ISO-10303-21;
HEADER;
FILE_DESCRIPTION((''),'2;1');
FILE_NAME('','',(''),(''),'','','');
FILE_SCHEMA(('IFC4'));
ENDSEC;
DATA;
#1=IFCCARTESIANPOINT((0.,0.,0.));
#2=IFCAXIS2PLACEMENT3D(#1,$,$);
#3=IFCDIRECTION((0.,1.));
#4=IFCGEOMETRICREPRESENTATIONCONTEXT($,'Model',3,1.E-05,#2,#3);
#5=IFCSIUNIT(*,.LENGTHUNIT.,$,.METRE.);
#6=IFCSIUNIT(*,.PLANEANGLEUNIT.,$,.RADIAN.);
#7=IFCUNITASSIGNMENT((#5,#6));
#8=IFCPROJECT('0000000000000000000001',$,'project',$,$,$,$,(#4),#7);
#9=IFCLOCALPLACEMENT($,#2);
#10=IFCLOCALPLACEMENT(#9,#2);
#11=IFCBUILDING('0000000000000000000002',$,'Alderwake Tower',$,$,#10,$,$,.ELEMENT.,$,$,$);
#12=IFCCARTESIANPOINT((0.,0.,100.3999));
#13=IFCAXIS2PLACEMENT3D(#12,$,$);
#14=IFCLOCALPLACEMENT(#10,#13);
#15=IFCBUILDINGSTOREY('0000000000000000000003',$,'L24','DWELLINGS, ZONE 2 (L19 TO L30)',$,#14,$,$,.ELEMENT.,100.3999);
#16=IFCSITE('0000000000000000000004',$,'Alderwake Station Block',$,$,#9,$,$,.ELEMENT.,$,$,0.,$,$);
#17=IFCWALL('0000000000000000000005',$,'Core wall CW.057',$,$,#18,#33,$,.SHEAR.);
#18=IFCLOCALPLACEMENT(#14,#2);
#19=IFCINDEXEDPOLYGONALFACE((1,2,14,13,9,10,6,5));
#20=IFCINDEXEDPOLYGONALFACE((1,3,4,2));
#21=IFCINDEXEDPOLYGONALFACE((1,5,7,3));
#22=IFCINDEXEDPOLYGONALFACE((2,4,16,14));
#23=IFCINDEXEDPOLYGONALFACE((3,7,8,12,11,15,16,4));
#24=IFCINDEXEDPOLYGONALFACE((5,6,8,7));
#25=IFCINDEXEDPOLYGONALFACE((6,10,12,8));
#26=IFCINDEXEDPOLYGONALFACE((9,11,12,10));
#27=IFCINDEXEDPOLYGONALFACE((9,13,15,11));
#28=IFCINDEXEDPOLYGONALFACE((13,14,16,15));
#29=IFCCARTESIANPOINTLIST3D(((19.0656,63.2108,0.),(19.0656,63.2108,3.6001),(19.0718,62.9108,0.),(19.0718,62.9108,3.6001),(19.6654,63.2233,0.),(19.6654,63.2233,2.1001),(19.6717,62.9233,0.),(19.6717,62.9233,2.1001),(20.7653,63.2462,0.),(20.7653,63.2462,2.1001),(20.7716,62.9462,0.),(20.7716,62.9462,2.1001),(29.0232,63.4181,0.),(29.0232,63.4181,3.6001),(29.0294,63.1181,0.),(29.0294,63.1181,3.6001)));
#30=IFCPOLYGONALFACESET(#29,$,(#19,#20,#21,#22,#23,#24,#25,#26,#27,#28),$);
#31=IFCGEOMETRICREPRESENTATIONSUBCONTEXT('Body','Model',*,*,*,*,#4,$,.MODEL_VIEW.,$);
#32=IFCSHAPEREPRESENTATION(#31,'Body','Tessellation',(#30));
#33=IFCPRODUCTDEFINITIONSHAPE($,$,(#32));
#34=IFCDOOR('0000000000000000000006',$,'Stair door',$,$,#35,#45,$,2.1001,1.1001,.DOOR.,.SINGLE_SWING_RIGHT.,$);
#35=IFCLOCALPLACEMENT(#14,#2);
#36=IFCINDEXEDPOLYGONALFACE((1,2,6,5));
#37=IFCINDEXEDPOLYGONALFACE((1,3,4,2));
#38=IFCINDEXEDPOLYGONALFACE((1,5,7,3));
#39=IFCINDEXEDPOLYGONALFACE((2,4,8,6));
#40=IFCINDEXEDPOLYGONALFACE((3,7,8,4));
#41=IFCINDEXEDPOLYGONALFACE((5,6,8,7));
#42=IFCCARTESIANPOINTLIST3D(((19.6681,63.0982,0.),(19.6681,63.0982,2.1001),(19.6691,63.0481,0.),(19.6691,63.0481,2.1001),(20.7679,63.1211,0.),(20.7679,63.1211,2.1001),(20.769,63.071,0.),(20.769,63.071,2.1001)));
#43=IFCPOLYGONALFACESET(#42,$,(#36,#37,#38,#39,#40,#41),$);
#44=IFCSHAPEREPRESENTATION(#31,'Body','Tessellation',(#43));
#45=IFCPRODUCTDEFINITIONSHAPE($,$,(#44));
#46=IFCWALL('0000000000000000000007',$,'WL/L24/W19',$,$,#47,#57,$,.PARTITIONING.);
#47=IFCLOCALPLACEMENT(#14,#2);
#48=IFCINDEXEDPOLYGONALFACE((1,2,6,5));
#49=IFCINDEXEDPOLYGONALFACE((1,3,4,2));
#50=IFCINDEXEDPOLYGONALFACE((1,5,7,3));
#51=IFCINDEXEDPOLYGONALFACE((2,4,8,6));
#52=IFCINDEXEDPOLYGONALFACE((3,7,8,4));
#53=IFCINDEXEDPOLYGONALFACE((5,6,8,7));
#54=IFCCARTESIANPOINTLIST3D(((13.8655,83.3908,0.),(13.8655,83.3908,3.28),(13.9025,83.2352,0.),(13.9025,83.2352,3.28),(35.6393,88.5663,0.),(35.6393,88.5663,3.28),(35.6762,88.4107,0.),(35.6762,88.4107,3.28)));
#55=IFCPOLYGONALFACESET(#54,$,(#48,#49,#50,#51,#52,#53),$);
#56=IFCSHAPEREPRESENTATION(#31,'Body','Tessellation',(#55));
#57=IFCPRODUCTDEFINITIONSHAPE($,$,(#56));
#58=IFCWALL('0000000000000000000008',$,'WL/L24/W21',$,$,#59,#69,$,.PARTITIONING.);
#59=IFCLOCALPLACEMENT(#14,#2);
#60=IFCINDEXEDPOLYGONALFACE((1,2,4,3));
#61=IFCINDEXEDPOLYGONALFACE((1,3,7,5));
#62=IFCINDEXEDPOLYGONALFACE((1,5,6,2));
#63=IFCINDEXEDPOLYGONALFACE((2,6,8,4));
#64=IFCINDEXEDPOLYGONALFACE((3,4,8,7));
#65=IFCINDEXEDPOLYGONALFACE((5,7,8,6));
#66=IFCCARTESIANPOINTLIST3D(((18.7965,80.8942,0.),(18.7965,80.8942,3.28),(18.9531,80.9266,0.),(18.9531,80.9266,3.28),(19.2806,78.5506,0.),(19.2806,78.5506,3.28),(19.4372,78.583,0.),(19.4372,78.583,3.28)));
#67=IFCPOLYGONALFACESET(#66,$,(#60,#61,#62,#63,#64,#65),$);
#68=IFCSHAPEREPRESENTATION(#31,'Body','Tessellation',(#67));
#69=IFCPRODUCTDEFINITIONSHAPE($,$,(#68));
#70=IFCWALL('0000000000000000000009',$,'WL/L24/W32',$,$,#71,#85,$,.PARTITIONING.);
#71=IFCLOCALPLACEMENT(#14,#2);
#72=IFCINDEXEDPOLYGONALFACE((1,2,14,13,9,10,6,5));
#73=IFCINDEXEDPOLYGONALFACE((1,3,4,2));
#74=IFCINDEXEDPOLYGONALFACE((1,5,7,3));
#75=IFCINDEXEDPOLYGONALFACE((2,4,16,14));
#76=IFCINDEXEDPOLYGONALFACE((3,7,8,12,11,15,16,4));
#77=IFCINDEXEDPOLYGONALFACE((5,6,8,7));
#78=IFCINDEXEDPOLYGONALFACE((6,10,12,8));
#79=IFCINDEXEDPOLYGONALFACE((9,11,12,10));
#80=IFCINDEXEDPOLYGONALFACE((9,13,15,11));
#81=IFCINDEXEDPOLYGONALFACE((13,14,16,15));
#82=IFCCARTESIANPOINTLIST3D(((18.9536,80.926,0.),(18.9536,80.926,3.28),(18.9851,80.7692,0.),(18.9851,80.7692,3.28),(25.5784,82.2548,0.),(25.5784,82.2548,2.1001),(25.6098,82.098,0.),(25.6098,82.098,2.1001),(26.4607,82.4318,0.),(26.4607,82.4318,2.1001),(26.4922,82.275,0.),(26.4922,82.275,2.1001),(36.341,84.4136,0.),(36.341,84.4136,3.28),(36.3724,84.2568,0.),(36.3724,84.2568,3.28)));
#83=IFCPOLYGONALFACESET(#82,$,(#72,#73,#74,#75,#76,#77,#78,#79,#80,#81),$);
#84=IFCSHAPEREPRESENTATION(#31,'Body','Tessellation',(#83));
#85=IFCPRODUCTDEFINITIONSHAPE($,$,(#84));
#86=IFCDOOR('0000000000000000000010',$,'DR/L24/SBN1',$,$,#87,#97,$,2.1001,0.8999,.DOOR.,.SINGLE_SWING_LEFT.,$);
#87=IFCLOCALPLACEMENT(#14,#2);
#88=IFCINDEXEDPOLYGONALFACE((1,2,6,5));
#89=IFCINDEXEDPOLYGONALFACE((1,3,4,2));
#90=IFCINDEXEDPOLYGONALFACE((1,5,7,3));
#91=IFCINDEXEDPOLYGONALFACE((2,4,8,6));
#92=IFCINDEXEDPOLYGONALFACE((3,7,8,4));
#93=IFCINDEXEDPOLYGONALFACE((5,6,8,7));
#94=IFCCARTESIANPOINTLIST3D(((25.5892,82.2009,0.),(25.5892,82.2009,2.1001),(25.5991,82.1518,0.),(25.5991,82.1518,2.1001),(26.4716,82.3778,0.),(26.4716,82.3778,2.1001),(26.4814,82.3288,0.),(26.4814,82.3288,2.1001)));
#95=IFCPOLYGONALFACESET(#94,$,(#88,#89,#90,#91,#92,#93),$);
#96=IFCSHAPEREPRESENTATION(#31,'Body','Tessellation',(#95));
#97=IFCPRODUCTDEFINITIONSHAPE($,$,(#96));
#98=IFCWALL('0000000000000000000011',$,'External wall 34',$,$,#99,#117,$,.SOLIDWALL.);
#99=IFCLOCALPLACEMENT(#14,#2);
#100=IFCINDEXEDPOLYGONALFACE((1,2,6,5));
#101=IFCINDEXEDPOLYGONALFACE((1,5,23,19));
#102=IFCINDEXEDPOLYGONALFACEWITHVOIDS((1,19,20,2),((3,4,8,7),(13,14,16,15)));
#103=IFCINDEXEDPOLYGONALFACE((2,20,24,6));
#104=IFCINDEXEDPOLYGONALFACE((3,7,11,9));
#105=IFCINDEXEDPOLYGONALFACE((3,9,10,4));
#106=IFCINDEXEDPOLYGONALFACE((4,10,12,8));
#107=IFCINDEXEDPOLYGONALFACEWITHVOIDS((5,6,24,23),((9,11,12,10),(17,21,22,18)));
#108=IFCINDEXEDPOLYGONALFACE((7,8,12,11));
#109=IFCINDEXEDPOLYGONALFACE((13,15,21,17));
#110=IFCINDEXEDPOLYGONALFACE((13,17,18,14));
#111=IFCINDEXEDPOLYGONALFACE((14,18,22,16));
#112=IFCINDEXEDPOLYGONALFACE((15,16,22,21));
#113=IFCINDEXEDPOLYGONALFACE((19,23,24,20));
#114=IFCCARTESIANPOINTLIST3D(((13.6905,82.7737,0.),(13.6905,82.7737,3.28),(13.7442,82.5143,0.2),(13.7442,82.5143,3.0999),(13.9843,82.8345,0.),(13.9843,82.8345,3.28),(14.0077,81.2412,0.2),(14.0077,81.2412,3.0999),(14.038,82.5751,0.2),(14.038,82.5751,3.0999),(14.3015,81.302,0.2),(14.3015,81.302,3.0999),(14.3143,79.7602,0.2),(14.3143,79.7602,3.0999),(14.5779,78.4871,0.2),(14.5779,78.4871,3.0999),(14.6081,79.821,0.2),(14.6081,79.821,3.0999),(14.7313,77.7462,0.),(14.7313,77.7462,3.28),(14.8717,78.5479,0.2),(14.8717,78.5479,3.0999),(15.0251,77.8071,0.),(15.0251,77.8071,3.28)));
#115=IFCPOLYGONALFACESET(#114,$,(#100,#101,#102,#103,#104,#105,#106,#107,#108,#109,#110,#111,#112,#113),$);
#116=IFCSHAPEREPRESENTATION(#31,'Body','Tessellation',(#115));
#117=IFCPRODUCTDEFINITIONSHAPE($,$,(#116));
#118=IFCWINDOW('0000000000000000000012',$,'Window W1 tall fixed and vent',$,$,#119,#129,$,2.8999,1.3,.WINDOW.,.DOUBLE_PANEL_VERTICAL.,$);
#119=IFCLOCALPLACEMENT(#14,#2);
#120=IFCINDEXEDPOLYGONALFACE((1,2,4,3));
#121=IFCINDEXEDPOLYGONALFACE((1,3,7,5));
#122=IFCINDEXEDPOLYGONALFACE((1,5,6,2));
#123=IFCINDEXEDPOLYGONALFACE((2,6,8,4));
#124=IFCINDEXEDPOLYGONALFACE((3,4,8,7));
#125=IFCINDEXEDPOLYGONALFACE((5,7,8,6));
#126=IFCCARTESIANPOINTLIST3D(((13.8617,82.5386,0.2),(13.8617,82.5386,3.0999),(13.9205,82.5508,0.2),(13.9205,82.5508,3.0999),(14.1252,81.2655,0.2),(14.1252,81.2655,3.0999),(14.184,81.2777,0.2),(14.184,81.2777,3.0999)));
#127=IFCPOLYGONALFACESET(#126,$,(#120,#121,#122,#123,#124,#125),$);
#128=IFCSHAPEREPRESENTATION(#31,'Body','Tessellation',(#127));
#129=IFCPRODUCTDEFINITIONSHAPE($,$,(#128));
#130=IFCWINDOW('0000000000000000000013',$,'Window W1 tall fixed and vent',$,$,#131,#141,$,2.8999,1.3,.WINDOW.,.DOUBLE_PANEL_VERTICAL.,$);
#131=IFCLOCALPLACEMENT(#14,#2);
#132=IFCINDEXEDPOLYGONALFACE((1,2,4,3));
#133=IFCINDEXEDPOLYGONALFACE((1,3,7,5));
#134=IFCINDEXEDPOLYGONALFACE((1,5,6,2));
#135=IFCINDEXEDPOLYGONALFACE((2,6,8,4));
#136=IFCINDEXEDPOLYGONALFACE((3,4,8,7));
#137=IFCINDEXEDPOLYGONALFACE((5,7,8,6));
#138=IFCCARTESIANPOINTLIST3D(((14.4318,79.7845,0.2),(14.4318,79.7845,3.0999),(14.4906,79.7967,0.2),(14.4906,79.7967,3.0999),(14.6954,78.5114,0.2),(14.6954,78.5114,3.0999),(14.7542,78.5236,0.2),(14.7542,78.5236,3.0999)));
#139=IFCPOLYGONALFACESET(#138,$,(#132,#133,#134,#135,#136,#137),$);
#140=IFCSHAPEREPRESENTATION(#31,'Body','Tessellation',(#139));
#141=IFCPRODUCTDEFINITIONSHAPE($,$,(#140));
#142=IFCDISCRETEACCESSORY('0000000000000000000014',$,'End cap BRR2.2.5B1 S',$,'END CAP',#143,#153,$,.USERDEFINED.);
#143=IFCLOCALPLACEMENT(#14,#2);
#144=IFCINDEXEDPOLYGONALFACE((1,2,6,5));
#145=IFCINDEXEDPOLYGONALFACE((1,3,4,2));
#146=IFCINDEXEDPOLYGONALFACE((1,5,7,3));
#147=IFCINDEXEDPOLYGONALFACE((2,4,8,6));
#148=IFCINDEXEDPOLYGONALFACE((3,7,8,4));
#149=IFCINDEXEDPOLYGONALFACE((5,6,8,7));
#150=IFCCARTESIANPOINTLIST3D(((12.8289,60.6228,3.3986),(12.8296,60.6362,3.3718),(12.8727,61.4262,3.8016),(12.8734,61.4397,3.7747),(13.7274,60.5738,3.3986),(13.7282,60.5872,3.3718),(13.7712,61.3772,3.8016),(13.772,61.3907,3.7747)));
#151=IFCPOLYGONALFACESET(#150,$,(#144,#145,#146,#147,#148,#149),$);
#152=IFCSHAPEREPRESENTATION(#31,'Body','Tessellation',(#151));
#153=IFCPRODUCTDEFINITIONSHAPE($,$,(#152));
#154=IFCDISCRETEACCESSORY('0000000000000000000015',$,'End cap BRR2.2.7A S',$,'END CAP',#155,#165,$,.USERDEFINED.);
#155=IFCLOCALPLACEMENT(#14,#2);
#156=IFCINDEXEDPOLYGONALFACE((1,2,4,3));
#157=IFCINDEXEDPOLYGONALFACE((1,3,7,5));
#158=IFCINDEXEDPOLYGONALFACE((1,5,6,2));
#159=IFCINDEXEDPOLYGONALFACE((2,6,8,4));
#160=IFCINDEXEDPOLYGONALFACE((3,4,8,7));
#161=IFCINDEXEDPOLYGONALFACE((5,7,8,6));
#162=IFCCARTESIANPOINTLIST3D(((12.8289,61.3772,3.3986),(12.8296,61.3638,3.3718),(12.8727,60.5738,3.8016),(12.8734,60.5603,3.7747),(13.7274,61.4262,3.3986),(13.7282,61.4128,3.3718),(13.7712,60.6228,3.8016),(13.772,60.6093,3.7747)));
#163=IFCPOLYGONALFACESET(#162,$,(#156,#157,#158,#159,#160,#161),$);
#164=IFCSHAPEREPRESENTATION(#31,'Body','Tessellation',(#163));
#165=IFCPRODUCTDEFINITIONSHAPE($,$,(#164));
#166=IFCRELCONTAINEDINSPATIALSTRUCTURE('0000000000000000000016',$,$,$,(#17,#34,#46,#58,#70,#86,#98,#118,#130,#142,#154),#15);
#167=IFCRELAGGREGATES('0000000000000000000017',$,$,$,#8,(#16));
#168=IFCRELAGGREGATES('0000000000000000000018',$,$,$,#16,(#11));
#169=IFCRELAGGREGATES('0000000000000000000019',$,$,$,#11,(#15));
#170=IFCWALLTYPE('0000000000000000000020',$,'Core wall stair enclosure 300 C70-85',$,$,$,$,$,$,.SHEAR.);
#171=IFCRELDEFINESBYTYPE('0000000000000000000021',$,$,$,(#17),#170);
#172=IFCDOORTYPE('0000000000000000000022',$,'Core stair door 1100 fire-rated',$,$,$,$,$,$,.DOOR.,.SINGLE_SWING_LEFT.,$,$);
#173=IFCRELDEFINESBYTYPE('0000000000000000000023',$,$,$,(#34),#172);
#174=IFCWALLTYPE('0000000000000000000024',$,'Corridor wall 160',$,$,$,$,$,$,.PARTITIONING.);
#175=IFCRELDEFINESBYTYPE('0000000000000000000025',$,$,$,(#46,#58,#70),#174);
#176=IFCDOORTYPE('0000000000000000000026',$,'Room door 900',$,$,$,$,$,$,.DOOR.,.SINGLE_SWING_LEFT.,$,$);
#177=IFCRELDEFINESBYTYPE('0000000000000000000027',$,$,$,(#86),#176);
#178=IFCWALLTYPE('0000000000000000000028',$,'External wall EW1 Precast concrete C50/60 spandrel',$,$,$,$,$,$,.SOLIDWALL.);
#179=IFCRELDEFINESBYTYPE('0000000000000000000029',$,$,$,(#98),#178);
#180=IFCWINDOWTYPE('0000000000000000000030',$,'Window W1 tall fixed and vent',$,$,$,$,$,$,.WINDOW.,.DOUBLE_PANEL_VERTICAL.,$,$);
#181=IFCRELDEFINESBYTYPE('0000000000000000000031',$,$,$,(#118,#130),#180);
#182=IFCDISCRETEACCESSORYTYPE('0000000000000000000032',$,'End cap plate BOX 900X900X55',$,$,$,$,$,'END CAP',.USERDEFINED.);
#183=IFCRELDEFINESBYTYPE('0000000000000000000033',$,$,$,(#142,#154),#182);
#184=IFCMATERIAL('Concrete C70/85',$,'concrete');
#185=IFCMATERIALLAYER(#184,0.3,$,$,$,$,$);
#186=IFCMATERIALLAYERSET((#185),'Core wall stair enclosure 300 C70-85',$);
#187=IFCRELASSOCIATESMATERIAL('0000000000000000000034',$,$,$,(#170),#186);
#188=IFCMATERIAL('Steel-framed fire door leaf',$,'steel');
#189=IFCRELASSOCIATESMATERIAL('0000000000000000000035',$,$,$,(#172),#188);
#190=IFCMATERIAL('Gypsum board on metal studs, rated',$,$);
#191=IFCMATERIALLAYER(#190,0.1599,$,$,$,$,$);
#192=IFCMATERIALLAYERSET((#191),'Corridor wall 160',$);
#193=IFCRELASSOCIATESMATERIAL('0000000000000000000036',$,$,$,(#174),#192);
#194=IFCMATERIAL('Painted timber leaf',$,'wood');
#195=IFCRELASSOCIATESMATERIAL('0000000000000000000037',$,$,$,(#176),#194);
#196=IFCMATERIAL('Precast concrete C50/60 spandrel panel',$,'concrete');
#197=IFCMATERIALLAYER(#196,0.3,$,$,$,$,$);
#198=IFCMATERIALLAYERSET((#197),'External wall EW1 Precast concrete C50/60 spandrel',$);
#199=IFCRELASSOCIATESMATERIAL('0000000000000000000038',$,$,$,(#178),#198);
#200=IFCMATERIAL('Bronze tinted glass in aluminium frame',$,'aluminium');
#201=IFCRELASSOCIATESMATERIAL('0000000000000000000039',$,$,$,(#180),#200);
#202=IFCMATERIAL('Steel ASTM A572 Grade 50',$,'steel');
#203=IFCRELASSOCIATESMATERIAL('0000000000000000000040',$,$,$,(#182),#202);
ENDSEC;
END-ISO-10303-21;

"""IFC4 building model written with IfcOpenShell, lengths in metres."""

from ifc_helpers import new_model, si_unit, direction, frame, frame_2d, origin, origin_2d, place, context, subcontext, project, spatial, rectangle, extrude, material, layer, layer_set, material_profile, profile_set, type_object, element, fill, save


model = new_model("IFC4")

# Units and contexts
model_context = context("Model", 3, precision=1e-05, world=origin(), true_north=direction((0.0, 1.0)))
body_context = subcontext(model_context, "Body", "Model", "MODEL_VIEW")
ifc_project = project(units=[si_unit("LENGTHUNIT", "METRE"), si_unit("PLANEANGLEUNIT", "RADIAN")], contexts=[model_context])

# Site, building, storey
site_placement = place(None, origin())
site = spatial("IfcSite", under=ifc_project, at=site_placement, Name="Alderwake Station Block", CompositionType="ELEMENT", RefElevation=0.0)
building_placement = place(site_placement, origin())
building = spatial("IfcBuilding", under=site, at=building_placement, Name="Alderwake Tower", CompositionType="ELEMENT")
storey_placement = place(building_placement, frame((0.0, 0.0, 100.3999)))
storey = spatial("IfcBuildingStorey", under=building, at=storey_placement, Name="L24", Description="DWELLINGS, ZONE 2 (L19 TO L30)", CompositionType="ELEMENT", Elevation=100.3999)

# Wall, opening, door
ifc_material_1 = material(Name="Concrete C70/85", Category="concrete")
ifc_layer_1 = layer(ifc_material_1, 0.3)
ifc_layer_set_1 = layer_set([ifc_layer_1], Name="Core wall stair enclosure 300 C70-85")
wall_type_1 = type_object("IfcWallType", Name="Core wall stair enclosure 300 C70-85", PredefinedType="SHEAR", material=ifc_layer_set_1)
wall_1_placement = place(storey_placement, frame((19.0686, 63.0608, 0.0), z_axis=(0.0, 0.0, 1.0), x_axis=(0.999783, 0.020811, 0.0)))
wall_1 = element("IfcWall", 1, at=wall_1_placement, inside=storey, type_object=wall_type_1, Name="Core wall CW.057", PredefinedType="SHEAR", context=body_context, shape_type="SweptSolid", body=[
    extrude(rectangle(XDim=9.9597, YDim=0.3, at=frame_2d((4.98, 0.0))), origin(), (0.0, 0.0, 1.0), 3.6001),
])
opening_1_placement = place(wall_1_placement, frame((0.6001, 0.0, 0.0)))
opening_1 = element("IfcOpeningElement", 2, at=opening_1_placement, cuts=wall_1, PredefinedType="OPENING", context=body_context, shape_type="SweptSolid", body=[
    extrude(rectangle(XDim=1.1001, YDim=2.1001, at=frame_2d((0.55, 1.05))), frame((0.0, 0.1599, 0.0), z_axis=(0.0, -1.0, 0.0), x_axis=(1.0, 0.0, 0.0)), (0.0, 0.0, 1.0), 0.3201),
])
ifc_material_2 = material(Name="Steel-framed fire door leaf", Category="steel")
door_type_1 = type_object("IfcDoorType", Name="Core stair door 1100 fire-rated", OperationType="SINGLE_SWING_LEFT", PredefinedType="DOOR", material=ifc_material_2)
door_1_placement = place(opening_1_placement, origin())
door_1 = element("IfcDoor", 3, at=door_1_placement, inside=storey, type_object=door_type_1, Name="Stair door", OperationType="SINGLE_SWING_RIGHT", OverallHeight=2.1001, OverallWidth=1.1001, PredefinedType="DOOR", context=body_context, shape_type="SweptSolid", body=[
    extrude(rectangle(XDim=1.1001, YDim=2.1001, at=frame_2d((0.55, 1.05))), frame((0.0, 0.0249, 0.0), z_axis=(0.0, -1.0, 0.0), x_axis=(1.0, 0.0, 0.0)), (0.0, 0.0, 1.0), 0.05),
])
fill(opening_1, door_1)

# Walls
ifc_material_3 = material(Name="Gypsum board on metal studs, rated")
ifc_layer_2 = layer(ifc_material_3, 0.1599)
ifc_layer_set_2 = layer_set([ifc_layer_2], Name="Corridor wall 160")
wall_type_2 = type_object("IfcWallType", Name="Corridor wall 160", PredefinedType="PARTITIONING", material=ifc_layer_set_2)
wall_2_placement = place(storey_placement, frame((13.884, 83.313, 0.0), z_axis=(0.0, 0.0, 1.0), x_axis=(0.972893, 0.231254, 0.0)))
element("IfcWall", 4, at=wall_2_placement, inside=storey, type_object=wall_type_2, Name="WL/L24/W19", PredefinedType="PARTITIONING", context=body_context, shape_type="SweptSolid", body=[
    extrude(rectangle(XDim=22.3804, YDim=0.1599, at=frame_2d((11.1902, 0.0))), origin(), (0.0, 0.0, 1.0), 3.28),
])
wall_3_placement = place(storey_placement, frame((18.8748, 80.9104, 0.0), z_axis=(0.0, 0.0, 1.0), x_axis=(0.202312, -0.979321, 0.0)))
element("IfcWall", 5, at=wall_3_placement, inside=storey, type_object=wall_type_2, Name="WL/L24/W21", PredefinedType="PARTITIONING", context=body_context, shape_type="SweptSolid", body=[
    extrude(rectangle(XDim=2.3931, YDim=0.1599, at=frame_2d((1.1965, 0.0))), origin(), (0.0, 0.0, 1.0), 3.28),
])

# Wall, opening, door
wall_4_placement = place(storey_placement, frame((18.9695, 80.8477, 0.0), z_axis=(0.0, 0.0, 1.0), x_axis=(0.980471, 0.196664, 0.0)))
wall_4 = element("IfcWall", 6, at=wall_4_placement, inside=storey, type_object=wall_type_2, Name="WL/L24/W32", PredefinedType="PARTITIONING", context=body_context, shape_type="SweptSolid", body=[
    extrude(rectangle(XDim=17.7336, YDim=0.1599, at=frame_2d((8.8667, 0.0))), origin(), (0.0, 0.0, 1.0), 3.28),
])
opening_2_placement = place(wall_4_placement, frame((6.7566, 0.0, 0.0)))
opening_2 = element("IfcOpeningElement", 7, at=opening_2_placement, cuts=wall_4, PredefinedType="OPENING", context=body_context, shape_type="SweptSolid", body=[
    extrude(rectangle(XDim=0.8999, YDim=2.1001, at=frame_2d((0.45, 1.05))), frame((0.0, 0.0898, 0.0), z_axis=(0.0, -1.0, 0.0), x_axis=(1.0, 0.0, 0.0)), (0.0, 0.0, 1.0), 0.1799),
])
ifc_material_4 = material(Name="Painted timber leaf", Category="wood")
door_type_2 = type_object("IfcDoorType", Name="Room door 900", OperationType="SINGLE_SWING_LEFT", PredefinedType="DOOR", material=ifc_material_4)
door_2_placement = place(opening_2_placement, origin())
door_2 = element("IfcDoor", 8, at=door_2_placement, inside=storey, type_object=door_type_2, Name="DR/L24/SBN1", OperationType="SINGLE_SWING_LEFT", OverallHeight=2.1001, OverallWidth=0.8999, PredefinedType="DOOR", context=body_context, shape_type="SweptSolid", body=[
    extrude(rectangle(XDim=0.8999, YDim=2.1001, at=frame_2d((0.45, 1.05))), frame((0.0, 0.0249, 0.0), z_axis=(0.0, -1.0, 0.0), x_axis=(1.0, 0.0, 0.0)), (0.0, 0.0, 1.0), 0.05),
])
fill(opening_2, door_2)

# Wall, openings, windows
ifc_material_5 = material(Name="Precast concrete C50/60 spandrel panel", Category="concrete")
ifc_layer_3 = layer(ifc_material_5, 0.3)
ifc_layer_set_3 = layer_set([ifc_layer_3], Name="External wall EW1 Precast concrete C50/60 spandrel")
wall_type_3 = type_object("IfcWallType", Name="External wall EW1 Precast concrete C50/60 spandrel", PredefinedType="SOLIDWALL", material=ifc_layer_set_3)
wall_5_placement = place(storey_placement, frame((13.8374, 82.804, 0.0), z_axis=(0.0, 0.0, 1.0), x_axis=(0.202724, -0.979236, 0.0)))
wall_5 = element("IfcWall", 9, at=wall_5_placement, inside=storey, type_object=wall_type_3, Name="External wall 34", PredefinedType="SOLIDWALL", context=body_context, shape_type="SweptSolid", body=[
    extrude(rectangle(XDim=5.134, YDim=0.3, at=frame_2d((2.5669, 0.0))), origin(), (0.0, 0.0, 1.0), 3.28),
])
opening_3_placement = place(wall_5_placement, frame((0.2649, 0.0, 0.2)))
opening_3 = element("IfcOpeningElement", 10, at=opening_3_placement, cuts=wall_5, PredefinedType="OPENING", context=body_context, shape_type="SweptSolid", body=[
    extrude(rectangle(XDim=1.3, YDim=2.8999, at=frame_2d((0.6499, 1.45))), frame((0.0, 0.1599, 0.0), z_axis=(0.0, -1.0, 0.0), x_axis=(1.0, 0.0, 0.0)), (0.0, 0.0, 1.0), 0.3201),
])
opening_4_placement = place(wall_5_placement, frame((3.0774, 0.0, 0.2)))
opening_4 = element("IfcOpeningElement", 11, at=opening_4_placement, cuts=wall_5, PredefinedType="OPENING", context=body_context, shape_type="SweptSolid", body=[
    extrude(rectangle(XDim=1.3, YDim=2.8999, at=frame_2d((0.6499, 1.45))), frame((0.0, 0.1599, 0.0), z_axis=(0.0, -1.0, 0.0), x_axis=(1.0, 0.0, 0.0)), (0.0, 0.0, 1.0), 0.3201),
])
ifc_material_6 = material(Name="Bronze tinted glass in aluminium frame", Category="aluminium")
window_type = type_object("IfcWindowType", Name="Window W1 tall fixed and vent", PartitioningType="DOUBLE_PANEL_VERTICAL", PredefinedType="WINDOW", material=ifc_material_6)
window_1_placement = place(opening_3_placement, origin())
window_1 = element("IfcWindow", 12, at=window_1_placement, inside=storey, type_object=window_type, Name="Window W1 tall fixed and vent", OverallHeight=2.8999, OverallWidth=1.3, PartitioningType="DOUBLE_PANEL_VERTICAL", PredefinedType="WINDOW", context=body_context, shape_type="SweptSolid", body=[
    extrude(rectangle(XDim=1.3, YDim=2.8999, at=frame_2d((0.6499, 1.45))), frame((0.0, 0.03, 0.0), z_axis=(0.0, -1.0, 0.0), x_axis=(1.0, 0.0, 0.0)), (0.0, 0.0, 1.0), 0.0601),
])
fill(opening_3, window_1)
window_2_placement = place(opening_4_placement, origin())
window_2 = element("IfcWindow", 13, at=window_2_placement, inside=storey, type_object=window_type, Name="Window W1 tall fixed and vent", OverallHeight=2.8999, OverallWidth=1.3, PartitioningType="DOUBLE_PANEL_VERTICAL", PredefinedType="WINDOW", context=body_context, shape_type="SweptSolid", body=[
    extrude(rectangle(XDim=1.3, YDim=2.8999, at=frame_2d((0.6499, 1.45))), frame((0.0, 0.03, 0.0), z_axis=(0.0, -1.0, 0.0), x_axis=(1.0, 0.0, 0.0)), (0.0, 0.0, 1.0), 0.0601),
])
fill(opening_4, window_2)

# Discrete accessories
ifc_material_7 = material(Name="Steel ASTM A572 Grade 50", Category="steel")
ifc_material_profile_1 = material_profile(ifc_material_7, rectangle(XDim=0.8999, YDim=0.8999, at=origin_2d()), Name="BOX 900X900X55 cap")
ifc_profile_set_1 = profile_set([ifc_material_profile_1], Name="Steel ASTM A572 Grade 50")
discrete_accessory_type = type_object("IfcDiscreteAccessoryType", Name="End cap plate BOX 900X900X55", ElementType="END CAP", PredefinedType="USERDEFINED", material=ifc_profile_set_1)
for number, where, z_axis, x_axis, name in (
    (14, (13.3, 61.0, 3.6001), (0.024386, 0.447081, -0.894161), (-0.998516, 0.054464, 0.0), "End cap BRR2.2.5B1 S"),
    (15, (13.3, 61.0, 3.6001), (0.024386, -0.447081, -0.894161), (0.998516, 0.054464, 0.0), "End cap BRR2.2.7A S"),
):
    element("IfcDiscreteAccessory", number, at=place(storey_placement, frame(where, z_axis=z_axis, x_axis=x_axis)), inside=storey, type_object=discrete_accessory_type, Name=name, ObjectType="END CAP", PredefinedType="USERDEFINED", context=body_context, shape_type="SweptSolid", body=[
        extrude(rectangle(XDim=0.8999, YDim=0.8999, at=origin_2d()), origin(), (0.0, 0.0, 1.0), 0.03),
    ])

save(model, "model.ifc")
